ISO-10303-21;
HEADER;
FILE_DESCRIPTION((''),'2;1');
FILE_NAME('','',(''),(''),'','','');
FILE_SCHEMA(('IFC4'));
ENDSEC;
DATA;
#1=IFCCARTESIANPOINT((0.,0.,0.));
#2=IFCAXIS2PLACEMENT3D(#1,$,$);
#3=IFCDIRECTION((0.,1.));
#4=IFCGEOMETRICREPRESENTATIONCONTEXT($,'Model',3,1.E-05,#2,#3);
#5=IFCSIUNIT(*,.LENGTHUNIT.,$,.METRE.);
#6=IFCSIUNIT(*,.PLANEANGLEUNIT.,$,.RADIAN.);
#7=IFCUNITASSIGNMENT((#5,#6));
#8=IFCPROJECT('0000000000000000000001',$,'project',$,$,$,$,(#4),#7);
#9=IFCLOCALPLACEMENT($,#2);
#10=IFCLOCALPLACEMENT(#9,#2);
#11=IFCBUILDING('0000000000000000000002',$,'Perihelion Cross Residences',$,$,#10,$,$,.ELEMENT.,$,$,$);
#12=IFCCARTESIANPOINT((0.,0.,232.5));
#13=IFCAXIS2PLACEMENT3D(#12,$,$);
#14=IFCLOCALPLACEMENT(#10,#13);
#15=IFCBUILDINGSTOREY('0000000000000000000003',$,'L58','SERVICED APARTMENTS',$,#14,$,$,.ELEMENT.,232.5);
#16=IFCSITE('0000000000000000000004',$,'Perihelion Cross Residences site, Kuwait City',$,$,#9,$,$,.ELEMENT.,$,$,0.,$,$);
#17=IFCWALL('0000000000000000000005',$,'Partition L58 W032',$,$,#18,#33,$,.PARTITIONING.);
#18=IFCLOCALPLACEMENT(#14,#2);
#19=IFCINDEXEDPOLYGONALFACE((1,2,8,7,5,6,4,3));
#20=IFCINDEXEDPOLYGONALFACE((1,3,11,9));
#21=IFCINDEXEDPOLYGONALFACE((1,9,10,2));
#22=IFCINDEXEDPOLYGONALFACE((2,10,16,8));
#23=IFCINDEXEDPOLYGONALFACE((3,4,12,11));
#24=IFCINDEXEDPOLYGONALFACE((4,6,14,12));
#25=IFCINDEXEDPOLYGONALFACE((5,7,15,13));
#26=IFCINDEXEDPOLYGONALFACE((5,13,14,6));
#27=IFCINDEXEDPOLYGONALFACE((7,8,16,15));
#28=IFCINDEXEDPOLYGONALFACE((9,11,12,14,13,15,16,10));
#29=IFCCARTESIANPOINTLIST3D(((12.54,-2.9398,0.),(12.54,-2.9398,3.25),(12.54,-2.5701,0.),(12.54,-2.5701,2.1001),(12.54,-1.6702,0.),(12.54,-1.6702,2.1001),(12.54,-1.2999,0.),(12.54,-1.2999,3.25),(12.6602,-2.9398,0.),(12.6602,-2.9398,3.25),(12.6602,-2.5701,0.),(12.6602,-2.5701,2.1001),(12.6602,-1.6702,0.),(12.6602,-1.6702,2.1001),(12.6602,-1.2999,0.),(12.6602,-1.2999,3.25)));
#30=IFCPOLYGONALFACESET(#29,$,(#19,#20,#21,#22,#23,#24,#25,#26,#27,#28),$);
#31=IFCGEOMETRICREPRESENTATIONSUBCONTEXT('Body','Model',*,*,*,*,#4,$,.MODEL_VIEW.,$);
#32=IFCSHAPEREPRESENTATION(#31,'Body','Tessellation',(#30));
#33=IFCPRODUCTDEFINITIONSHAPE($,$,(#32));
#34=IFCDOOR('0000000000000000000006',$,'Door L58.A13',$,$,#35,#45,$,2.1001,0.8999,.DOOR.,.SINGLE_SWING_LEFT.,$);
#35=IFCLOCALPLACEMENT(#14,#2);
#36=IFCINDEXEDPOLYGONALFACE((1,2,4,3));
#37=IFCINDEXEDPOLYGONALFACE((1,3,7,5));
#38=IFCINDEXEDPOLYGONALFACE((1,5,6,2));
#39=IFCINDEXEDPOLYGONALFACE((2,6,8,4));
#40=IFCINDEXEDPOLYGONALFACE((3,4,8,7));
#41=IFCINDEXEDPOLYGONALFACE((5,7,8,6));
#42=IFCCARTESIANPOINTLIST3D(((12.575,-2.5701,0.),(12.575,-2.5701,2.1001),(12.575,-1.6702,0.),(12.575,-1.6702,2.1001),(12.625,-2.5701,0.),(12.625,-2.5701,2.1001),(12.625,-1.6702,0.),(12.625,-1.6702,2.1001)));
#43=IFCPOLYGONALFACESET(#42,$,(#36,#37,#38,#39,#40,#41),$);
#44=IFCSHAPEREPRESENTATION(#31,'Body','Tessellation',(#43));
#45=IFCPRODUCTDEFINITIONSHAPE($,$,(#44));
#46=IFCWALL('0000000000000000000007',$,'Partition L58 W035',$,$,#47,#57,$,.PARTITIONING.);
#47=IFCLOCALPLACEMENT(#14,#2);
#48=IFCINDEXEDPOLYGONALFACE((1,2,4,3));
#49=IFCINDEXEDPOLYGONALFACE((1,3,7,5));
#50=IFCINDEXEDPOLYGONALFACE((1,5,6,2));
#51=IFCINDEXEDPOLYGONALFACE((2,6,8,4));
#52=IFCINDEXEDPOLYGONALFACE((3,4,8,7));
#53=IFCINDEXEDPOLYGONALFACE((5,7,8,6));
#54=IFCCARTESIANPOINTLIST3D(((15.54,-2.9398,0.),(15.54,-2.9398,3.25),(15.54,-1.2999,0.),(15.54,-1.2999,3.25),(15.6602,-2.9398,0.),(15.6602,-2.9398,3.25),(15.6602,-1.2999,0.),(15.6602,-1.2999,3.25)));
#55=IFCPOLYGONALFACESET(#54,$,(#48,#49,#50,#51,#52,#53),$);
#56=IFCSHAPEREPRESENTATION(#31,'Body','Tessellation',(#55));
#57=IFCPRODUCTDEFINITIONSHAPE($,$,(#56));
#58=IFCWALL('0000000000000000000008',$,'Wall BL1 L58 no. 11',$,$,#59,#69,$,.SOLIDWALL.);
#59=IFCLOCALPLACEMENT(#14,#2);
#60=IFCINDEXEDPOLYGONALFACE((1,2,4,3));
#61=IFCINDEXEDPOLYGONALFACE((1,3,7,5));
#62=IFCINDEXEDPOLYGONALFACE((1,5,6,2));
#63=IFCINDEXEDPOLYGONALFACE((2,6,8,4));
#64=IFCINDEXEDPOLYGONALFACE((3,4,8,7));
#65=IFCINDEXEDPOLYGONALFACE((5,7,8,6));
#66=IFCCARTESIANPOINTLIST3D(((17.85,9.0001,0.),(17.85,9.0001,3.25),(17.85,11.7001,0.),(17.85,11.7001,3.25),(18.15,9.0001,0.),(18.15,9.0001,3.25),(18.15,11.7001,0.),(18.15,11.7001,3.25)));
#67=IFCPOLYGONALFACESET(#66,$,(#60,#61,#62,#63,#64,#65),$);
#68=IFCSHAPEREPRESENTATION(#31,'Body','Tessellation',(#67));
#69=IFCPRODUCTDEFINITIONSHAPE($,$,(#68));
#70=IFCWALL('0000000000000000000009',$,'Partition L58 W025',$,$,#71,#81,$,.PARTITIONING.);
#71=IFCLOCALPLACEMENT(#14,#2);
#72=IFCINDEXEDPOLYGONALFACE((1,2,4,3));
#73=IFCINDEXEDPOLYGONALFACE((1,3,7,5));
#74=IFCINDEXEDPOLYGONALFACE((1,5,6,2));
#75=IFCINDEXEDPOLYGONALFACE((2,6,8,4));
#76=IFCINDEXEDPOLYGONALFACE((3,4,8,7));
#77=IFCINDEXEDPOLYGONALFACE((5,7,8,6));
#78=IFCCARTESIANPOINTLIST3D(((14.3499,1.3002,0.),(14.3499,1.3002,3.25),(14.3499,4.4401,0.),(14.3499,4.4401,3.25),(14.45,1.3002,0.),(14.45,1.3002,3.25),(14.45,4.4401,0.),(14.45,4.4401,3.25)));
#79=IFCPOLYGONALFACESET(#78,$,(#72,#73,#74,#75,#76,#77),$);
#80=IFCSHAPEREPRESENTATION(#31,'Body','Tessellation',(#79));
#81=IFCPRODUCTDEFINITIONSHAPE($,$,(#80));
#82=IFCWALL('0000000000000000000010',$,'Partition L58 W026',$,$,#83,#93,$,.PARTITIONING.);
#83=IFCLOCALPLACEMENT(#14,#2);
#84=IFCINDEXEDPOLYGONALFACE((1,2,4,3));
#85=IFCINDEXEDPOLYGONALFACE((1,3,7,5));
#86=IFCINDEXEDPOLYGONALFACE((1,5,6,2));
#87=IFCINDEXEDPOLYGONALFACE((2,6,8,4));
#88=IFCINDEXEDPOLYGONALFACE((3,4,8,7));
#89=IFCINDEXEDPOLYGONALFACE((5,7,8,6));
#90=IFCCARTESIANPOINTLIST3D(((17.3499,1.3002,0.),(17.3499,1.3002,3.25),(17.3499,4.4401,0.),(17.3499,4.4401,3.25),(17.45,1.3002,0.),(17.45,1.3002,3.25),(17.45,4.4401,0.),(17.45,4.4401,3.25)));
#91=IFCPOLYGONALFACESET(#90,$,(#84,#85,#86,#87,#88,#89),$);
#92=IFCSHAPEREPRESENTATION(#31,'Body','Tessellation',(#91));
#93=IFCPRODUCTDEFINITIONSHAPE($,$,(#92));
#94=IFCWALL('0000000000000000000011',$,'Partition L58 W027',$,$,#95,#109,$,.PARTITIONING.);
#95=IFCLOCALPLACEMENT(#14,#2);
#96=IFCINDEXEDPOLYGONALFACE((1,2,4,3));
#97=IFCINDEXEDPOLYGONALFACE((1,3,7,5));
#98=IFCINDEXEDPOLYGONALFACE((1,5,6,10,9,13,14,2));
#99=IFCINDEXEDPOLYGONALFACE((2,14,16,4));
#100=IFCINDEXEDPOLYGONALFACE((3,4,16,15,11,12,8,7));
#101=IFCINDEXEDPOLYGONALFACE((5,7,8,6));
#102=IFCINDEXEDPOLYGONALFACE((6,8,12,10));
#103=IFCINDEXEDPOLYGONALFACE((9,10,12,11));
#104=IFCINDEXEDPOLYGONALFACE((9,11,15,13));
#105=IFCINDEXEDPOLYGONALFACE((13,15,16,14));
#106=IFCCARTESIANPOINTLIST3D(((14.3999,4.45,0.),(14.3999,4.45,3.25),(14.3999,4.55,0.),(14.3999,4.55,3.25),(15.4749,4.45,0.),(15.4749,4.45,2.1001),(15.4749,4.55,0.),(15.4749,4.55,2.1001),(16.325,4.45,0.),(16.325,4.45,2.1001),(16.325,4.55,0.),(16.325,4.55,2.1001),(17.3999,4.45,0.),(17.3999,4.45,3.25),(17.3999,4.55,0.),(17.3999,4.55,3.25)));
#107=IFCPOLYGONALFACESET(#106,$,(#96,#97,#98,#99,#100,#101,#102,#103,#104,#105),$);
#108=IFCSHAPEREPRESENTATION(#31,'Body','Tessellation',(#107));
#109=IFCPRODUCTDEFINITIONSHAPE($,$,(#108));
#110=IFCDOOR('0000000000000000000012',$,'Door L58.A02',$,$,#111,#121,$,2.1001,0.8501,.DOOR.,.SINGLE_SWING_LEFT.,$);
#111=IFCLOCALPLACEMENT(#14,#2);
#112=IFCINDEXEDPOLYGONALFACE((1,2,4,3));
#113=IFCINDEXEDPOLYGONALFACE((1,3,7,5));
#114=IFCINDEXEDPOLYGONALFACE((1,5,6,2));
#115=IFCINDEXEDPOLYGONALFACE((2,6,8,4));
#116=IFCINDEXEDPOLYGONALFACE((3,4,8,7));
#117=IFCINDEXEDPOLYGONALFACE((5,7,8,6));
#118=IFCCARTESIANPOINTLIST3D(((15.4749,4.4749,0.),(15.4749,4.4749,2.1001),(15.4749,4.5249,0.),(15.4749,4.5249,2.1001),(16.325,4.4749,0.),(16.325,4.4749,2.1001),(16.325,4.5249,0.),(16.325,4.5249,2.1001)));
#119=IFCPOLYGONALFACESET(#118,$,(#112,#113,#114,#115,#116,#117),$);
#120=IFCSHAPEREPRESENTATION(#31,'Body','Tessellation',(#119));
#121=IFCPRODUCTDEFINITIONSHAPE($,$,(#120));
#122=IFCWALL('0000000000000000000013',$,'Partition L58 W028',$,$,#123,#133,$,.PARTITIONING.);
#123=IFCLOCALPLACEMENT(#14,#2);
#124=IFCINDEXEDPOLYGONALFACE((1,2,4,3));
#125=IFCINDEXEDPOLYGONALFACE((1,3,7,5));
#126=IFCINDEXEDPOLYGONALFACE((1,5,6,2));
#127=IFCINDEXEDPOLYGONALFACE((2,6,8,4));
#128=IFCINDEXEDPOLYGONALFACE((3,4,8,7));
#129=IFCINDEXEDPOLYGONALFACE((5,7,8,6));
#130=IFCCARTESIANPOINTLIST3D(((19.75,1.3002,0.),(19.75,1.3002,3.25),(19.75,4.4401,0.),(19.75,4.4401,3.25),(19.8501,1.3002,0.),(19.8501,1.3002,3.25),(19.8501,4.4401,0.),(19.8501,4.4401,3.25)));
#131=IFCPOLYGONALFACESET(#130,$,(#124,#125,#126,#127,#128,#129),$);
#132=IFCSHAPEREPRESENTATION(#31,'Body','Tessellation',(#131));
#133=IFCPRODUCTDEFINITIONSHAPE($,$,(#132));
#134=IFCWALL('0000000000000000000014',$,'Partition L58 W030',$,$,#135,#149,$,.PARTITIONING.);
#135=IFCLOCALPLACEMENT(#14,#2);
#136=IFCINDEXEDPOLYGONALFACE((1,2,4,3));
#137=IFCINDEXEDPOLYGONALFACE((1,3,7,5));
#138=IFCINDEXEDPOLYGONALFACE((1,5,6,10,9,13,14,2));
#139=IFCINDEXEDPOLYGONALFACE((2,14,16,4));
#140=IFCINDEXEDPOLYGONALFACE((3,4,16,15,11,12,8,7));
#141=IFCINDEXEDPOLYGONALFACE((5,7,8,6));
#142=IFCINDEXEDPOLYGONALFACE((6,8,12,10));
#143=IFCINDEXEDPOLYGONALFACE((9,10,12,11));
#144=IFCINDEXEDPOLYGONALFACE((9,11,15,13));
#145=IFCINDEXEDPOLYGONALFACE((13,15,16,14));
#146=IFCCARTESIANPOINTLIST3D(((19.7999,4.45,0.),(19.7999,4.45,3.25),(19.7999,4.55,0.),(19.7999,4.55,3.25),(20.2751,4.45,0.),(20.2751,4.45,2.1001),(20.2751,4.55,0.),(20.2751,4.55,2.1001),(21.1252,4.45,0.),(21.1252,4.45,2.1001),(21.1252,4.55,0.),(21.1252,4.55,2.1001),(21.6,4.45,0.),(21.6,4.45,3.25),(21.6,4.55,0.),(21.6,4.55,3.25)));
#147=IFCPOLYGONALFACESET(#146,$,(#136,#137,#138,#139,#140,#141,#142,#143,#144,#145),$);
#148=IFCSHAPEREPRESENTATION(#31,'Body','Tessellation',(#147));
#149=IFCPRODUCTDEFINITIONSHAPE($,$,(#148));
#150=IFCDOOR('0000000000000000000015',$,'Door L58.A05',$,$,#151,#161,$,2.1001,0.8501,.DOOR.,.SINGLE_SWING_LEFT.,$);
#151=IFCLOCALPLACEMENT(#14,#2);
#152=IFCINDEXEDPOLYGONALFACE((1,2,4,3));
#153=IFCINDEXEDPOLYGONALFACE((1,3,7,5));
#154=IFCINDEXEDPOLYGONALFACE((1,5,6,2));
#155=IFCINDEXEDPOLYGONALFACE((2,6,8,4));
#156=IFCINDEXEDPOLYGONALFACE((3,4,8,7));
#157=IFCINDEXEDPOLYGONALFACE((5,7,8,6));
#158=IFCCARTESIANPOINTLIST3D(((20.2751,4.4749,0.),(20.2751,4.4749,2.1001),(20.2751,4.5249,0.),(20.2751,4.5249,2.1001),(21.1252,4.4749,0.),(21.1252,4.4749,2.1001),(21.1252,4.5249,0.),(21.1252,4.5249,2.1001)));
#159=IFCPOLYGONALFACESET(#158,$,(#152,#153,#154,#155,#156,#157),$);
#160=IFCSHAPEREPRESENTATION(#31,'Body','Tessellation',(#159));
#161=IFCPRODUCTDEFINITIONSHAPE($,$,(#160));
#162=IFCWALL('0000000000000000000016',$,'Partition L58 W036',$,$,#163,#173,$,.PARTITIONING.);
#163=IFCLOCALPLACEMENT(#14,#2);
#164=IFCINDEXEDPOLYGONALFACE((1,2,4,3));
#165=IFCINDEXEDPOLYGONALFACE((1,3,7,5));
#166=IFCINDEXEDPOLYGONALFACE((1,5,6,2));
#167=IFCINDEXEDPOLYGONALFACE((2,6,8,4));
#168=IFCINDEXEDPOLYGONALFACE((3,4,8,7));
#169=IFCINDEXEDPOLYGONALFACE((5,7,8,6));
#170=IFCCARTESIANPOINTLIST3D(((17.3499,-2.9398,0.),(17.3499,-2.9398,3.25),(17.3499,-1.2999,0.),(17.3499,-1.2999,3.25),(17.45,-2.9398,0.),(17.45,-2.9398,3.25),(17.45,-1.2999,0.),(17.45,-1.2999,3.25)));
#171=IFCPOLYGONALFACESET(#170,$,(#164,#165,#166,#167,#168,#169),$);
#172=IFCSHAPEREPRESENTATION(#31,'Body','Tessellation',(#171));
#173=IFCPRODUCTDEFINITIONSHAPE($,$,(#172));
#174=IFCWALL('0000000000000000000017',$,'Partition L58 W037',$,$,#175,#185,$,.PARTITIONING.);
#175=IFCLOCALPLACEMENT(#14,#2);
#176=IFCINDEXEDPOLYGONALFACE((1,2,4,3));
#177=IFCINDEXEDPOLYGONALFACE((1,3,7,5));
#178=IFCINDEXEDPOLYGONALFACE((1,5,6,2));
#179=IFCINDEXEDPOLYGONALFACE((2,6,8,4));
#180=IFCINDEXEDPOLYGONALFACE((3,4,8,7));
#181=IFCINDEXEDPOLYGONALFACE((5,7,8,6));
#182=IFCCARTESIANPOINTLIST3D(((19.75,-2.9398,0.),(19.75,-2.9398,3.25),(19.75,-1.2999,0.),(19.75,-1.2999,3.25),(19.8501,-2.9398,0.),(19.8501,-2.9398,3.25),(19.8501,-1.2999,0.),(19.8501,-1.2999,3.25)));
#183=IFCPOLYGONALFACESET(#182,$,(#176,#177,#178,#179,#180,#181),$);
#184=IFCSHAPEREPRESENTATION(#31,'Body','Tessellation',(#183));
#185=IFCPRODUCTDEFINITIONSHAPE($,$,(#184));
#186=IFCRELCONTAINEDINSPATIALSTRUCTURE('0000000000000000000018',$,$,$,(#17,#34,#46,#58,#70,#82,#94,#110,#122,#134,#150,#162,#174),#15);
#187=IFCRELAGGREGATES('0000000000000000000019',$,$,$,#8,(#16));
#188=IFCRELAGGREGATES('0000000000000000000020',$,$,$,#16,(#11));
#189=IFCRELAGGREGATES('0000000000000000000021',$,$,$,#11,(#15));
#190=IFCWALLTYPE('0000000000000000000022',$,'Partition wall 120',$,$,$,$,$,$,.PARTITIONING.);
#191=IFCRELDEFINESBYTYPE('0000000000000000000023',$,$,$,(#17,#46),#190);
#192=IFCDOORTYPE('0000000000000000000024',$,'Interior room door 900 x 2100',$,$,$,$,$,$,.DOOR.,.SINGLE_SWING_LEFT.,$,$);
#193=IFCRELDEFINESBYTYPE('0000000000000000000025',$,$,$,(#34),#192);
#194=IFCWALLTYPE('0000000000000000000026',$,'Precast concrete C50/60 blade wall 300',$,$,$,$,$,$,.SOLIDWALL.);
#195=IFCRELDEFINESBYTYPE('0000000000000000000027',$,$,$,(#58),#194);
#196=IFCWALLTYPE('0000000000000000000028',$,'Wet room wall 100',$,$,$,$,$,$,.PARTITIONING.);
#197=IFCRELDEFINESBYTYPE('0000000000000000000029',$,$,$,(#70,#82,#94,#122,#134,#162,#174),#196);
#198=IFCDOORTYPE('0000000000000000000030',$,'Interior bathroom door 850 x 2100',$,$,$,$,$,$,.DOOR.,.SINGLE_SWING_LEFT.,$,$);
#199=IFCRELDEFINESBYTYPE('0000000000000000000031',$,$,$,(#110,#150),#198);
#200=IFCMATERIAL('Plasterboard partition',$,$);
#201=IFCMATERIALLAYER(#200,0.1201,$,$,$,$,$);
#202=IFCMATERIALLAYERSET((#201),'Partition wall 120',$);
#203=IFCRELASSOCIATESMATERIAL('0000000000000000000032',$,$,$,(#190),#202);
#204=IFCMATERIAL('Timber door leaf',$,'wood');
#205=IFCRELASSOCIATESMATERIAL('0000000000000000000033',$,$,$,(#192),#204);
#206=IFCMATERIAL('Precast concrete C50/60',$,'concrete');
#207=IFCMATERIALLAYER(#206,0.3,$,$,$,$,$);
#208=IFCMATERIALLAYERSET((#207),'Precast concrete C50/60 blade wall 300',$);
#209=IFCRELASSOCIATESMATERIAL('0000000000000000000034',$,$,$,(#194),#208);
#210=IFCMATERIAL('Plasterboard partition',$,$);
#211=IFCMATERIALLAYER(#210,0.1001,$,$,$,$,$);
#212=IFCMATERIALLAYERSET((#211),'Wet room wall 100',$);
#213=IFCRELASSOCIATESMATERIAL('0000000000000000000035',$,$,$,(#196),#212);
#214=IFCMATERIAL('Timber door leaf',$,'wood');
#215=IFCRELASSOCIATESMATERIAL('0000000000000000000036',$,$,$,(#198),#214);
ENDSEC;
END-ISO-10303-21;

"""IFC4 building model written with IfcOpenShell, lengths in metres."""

from ifc_helpers import new_model, si_unit, direction, frame, frame_2d, origin, place, context, subcontext, project, spatial, rectangle, extrude, material, layer, layer_set, type_object, element, fill, save


model = new_model("IFC4")

# Units and contexts
model_context = context("Model", 3, precision=1e-05, world=origin(), true_north=direction((0.0, 1.0)))
body_context = subcontext(model_context, "Body", "Model", "MODEL_VIEW")
ifc_project = project(units=[si_unit("LENGTHUNIT", "METRE"), si_unit("PLANEANGLEUNIT", "RADIAN")], contexts=[model_context])

# Site, building, storey
site_placement = place(None, origin())
site = spatial("IfcSite", under=ifc_project, at=site_placement, Name="Perihelion Cross Residences site, Kuwait City", CompositionType="ELEMENT", RefElevation=0.0)
building_placement = place(site_placement, origin())
building = spatial("IfcBuilding", under=site, at=building_placement, Name="Perihelion Cross Residences", CompositionType="ELEMENT")
storey_placement = place(building_placement, frame((0.0, 0.0, 232.5)))
storey = spatial("IfcBuildingStorey", under=building, at=storey_placement, Name="L58", Description="SERVICED APARTMENTS", CompositionType="ELEMENT", Elevation=232.5)

# Wall, opening, door
ifc_material_1 = material(Name="Plasterboard partition")
ifc_layer_1 = layer(ifc_material_1, 0.1201)
ifc_layer_set_1 = layer_set([ifc_layer_1], Name="Partition wall 120")
wall_type_1 = type_object("IfcWallType", Name="Partition wall 120", PredefinedType="PARTITIONING", material=ifc_layer_set_1)
ifc_material_2 = material(Name="Timber door leaf", Category="wood")
door_type_1 = type_object("IfcDoorType", Name="Interior room door 900 x 2100", OperationType="SINGLE_SWING_LEFT", PredefinedType="DOOR", material=ifc_material_2)
wall_1_placement = place(storey_placement, frame((12.6001, -1.3, 0.0), z_axis=(0.0, 0.0, 1.0), x_axis=(0.0, -1.0, 0.0)))
wall_1 = element("IfcWall", 1, at=wall_1_placement, inside=storey, type_object=wall_type_1, Name="Partition L58 W032", PredefinedType="PARTITIONING", context=body_context, shape_type="SweptSolid", body=[
    extrude(rectangle(XDim=1.6399, YDim=0.1201, at=frame_2d((0.8198, 0.0))), origin(), (0.0, 0.0, 1.0), 3.25),
])
opening_1_placement = place(wall_1_placement, frame((0.3701, 0.0, 0.0)))
opening_1 = element("IfcOpeningElement", 2, at=opening_1_placement, cuts=wall_1, PredefinedType="OPENING", context=body_context, shape_type="SweptSolid", body=[
    extrude(rectangle(XDim=0.8999, YDim=2.1001, at=frame_2d((0.45, 1.05))), frame((0.0, 0.0701, 0.0), z_axis=(0.0, -1.0, 0.0), x_axis=(1.0, 0.0, 0.0)), (0.0, 0.0, 1.0), 0.1401),
])
door_1_placement = place(opening_1_placement, origin())
door_1 = element("IfcDoor", 3, at=door_1_placement, inside=storey, type_object=door_type_1, Name="Door L58.A13", OperationType="SINGLE_SWING_LEFT", OverallHeight=2.1001, OverallWidth=0.8999, PredefinedType="DOOR", context=body_context, shape_type="SweptSolid", body=[
    extrude(rectangle(XDim=0.8999, YDim=2.1001, at=frame_2d((0.45, 1.05))), frame((0.0, 0.0249, 0.0), z_axis=(0.0, -1.0, 0.0), x_axis=(1.0, 0.0, 0.0)), (0.0, 0.0, 1.0), 0.05),
])
fill(opening_1, door_1)

# Walls
wall_2_placement = place(storey_placement, frame((15.6001, -1.3, 0.0), z_axis=(0.0, 0.0, 1.0), x_axis=(0.0, -1.0, 0.0)))
element("IfcWall", 4, at=wall_2_placement, inside=storey, type_object=wall_type_1, Name="Partition L58 W035", PredefinedType="PARTITIONING", context=body_context, shape_type="SweptSolid", body=[
    extrude(rectangle(XDim=1.6399, YDim=0.1201, at=frame_2d((0.8198, 0.0))), origin(), (0.0, 0.0, 1.0), 3.25),
])
ifc_material_3 = material(Name="Precast concrete C50/60", Category="concrete")
ifc_layer_2 = layer(ifc_material_3, 0.3)
ifc_layer_set_2 = layer_set([ifc_layer_2], Name="Precast concrete C50/60 blade wall 300")
wall_type_2 = type_object("IfcWallType", Name="Precast concrete C50/60 blade wall 300", PredefinedType="SOLIDWALL", material=ifc_layer_set_2)
wall_3_placement = place(storey_placement, frame((18.0, 9.0, 0.0), z_axis=(0.0, 0.0, 1.0), x_axis=(0.0, 1.0, 0.0)))
element("IfcWall", 5, at=wall_3_placement, inside=storey, type_object=wall_type_2, Name="Wall BL1 L58 no. 11", PredefinedType="SOLIDWALL", context=body_context, shape_type="SweptSolid", body=[
    extrude(rectangle(XDim=2.7, YDim=0.3, at=frame_2d((1.3501, 0.0))), origin(), (0.0, 0.0, 1.0), 3.25),
])
ifc_material_4 = material(Name="Plasterboard partition")
ifc_layer_3 = layer(ifc_material_4, 0.1001)
ifc_layer_set_3 = layer_set([ifc_layer_3], Name="Wet room wall 100")
wall_type_3 = type_object("IfcWallType", Name="Wet room wall 100", PredefinedType="PARTITIONING", material=ifc_layer_set_3)
for number, where, z_axis, x_axis, name in (
    (6, (14.3999, 4.4399, 0.0), (0.0, 0.0, 1.0), (0.0, -1.0, 0.0), "Partition L58 W025"),
    (7, (17.3999, 4.4399, 0.0), (0.0, 0.0, 1.0), (0.0, -1.0, 0.0), "Partition L58 W026"),
):
    element("IfcWall", number, at=place(storey_placement, frame(where, z_axis=z_axis, x_axis=x_axis)), inside=storey, type_object=wall_type_3, Name=name, PredefinedType="PARTITIONING", context=body_context, shape_type="SweptSolid", body=[
        extrude(rectangle(XDim=3.1399, YDim=0.1001, at=frame_2d((1.5698, 0.0))), origin(), (0.0, 0.0, 1.0), 3.25),
    ])

# Wall, opening, door
wall_4_placement = place(storey_placement, frame((14.3999, 4.5, 0.0), z_axis=(0.0, 0.0, 1.0), x_axis=(1.0, 0.0, 0.0)))
wall_4 = element("IfcWall", 8, at=wall_4_placement, inside=storey, type_object=wall_type_3, Name="Partition L58 W027", PredefinedType="PARTITIONING", context=body_context, shape_type="SweptSolid", body=[
    extrude(rectangle(XDim=3.0, YDim=0.1001, at=frame_2d((1.5, 0.0))), origin(), (0.0, 0.0, 1.0), 3.25),
])
opening_2_placement = place(wall_4_placement, frame((1.075, 0.0, 0.0)))
opening_2 = element("IfcOpeningElement", 9, at=opening_2_placement, cuts=wall_4, PredefinedType="OPENING", context=body_context, shape_type="SweptSolid", body=[
    extrude(rectangle(XDim=0.8501, YDim=2.1001, at=frame_2d((0.425, 1.05))), frame((0.0, 0.0601, 0.0), z_axis=(0.0, -1.0, 0.0), x_axis=(1.0, 0.0, 0.0)), (0.0, 0.0, 1.0), 0.1201),
])
ifc_material_5 = material(Name="Timber door leaf", Category="wood")
door_type_2 = type_object("IfcDoorType", Name="Interior bathroom door 850 x 2100", OperationType="SINGLE_SWING_LEFT", PredefinedType="DOOR", material=ifc_material_5)
door_2_placement = place(opening_2_placement, origin())
door_2 = element("IfcDoor", 10, at=door_2_placement, inside=storey, type_object=door_type_2, Name="Door L58.A02", OperationType="SINGLE_SWING_LEFT", OverallHeight=2.1001, OverallWidth=0.8501, PredefinedType="DOOR", context=body_context, shape_type="SweptSolid", body=[
    extrude(rectangle(XDim=0.8501, YDim=2.1001, at=frame_2d((0.425, 1.05))), frame((0.0, 0.0249, 0.0), z_axis=(0.0, -1.0, 0.0), x_axis=(1.0, 0.0, 0.0)), (0.0, 0.0, 1.0), 0.05),
])
fill(opening_2, door_2)

# Wall
wall_5_placement = place(storey_placement, frame((19.8, 4.4399, 0.0), z_axis=(0.0, 0.0, 1.0), x_axis=(0.0, -1.0, 0.0)))
element("IfcWall", 11, at=wall_5_placement, inside=storey, type_object=wall_type_3, Name="Partition L58 W028", PredefinedType="PARTITIONING", context=body_context, shape_type="SweptSolid", body=[
    extrude(rectangle(XDim=3.1399, YDim=0.1001, at=frame_2d((1.5698, 0.0))), origin(), (0.0, 0.0, 1.0), 3.25),
])

# Wall, opening, door
wall_6_placement = place(storey_placement, frame((19.8, 4.5, 0.0), z_axis=(0.0, 0.0, 1.0), x_axis=(1.0, 0.0, 0.0)))
wall_6 = element("IfcWall", 12, at=wall_6_placement, inside=storey, type_object=wall_type_3, Name="Partition L58 W030", PredefinedType="PARTITIONING", context=body_context, shape_type="SweptSolid", body=[
    extrude(rectangle(XDim=1.8, YDim=0.1001, at=frame_2d((0.8999, 0.0))), origin(), (0.0, 0.0, 1.0), 3.25),
])
opening_3_placement = place(wall_6_placement, frame((0.4751, 0.0, 0.0)))
opening_3 = element("IfcOpeningElement", 13, at=opening_3_placement, cuts=wall_6, PredefinedType="OPENING", context=body_context, shape_type="SweptSolid", body=[
    extrude(rectangle(XDim=0.8501, YDim=2.1001, at=frame_2d((0.425, 1.05))), frame((0.0, 0.0601, 0.0), z_axis=(0.0, -1.0, 0.0), x_axis=(1.0, 0.0, 0.0)), (0.0, 0.0, 1.0), 0.1201),
])
door_3_placement = place(opening_3_placement, origin())
door_3 = element("IfcDoor", 14, at=door_3_placement, inside=storey, type_object=door_type_2, Name="Door L58.A05", OperationType="SINGLE_SWING_LEFT", OverallHeight=2.1001, OverallWidth=0.8501, PredefinedType="DOOR", context=body_context, shape_type="SweptSolid", body=[
    extrude(rectangle(XDim=0.8501, YDim=2.1001, at=frame_2d((0.425, 1.05))), frame((0.0, 0.0249, 0.0), z_axis=(0.0, -1.0, 0.0), x_axis=(1.0, 0.0, 0.0)), (0.0, 0.0, 1.0), 0.05),
])
fill(opening_3, door_3)

# Walls
for number, where, z_axis, x_axis, name in (
    (15, (17.3999, -1.3, 0.0), (0.0, 0.0, 1.0), (0.0, -1.0, 0.0), "Partition L58 W036"),
    (16, (19.8, -1.3, 0.0), (0.0, 0.0, 1.0), (0.0, -1.0, 0.0), "Partition L58 W037"),
):
    element("IfcWall", number, at=place(storey_placement, frame(where, z_axis=z_axis, x_axis=x_axis)), inside=storey, type_object=wall_type_3, Name=name, PredefinedType="PARTITIONING", context=body_context, shape_type="SweptSolid", body=[
        extrude(rectangle(XDim=1.6399, YDim=0.1001, at=frame_2d((0.8198, 0.0))), origin(), (0.0, 0.0, 1.0), 3.25),
    ])

save(model, "model.ifc")
